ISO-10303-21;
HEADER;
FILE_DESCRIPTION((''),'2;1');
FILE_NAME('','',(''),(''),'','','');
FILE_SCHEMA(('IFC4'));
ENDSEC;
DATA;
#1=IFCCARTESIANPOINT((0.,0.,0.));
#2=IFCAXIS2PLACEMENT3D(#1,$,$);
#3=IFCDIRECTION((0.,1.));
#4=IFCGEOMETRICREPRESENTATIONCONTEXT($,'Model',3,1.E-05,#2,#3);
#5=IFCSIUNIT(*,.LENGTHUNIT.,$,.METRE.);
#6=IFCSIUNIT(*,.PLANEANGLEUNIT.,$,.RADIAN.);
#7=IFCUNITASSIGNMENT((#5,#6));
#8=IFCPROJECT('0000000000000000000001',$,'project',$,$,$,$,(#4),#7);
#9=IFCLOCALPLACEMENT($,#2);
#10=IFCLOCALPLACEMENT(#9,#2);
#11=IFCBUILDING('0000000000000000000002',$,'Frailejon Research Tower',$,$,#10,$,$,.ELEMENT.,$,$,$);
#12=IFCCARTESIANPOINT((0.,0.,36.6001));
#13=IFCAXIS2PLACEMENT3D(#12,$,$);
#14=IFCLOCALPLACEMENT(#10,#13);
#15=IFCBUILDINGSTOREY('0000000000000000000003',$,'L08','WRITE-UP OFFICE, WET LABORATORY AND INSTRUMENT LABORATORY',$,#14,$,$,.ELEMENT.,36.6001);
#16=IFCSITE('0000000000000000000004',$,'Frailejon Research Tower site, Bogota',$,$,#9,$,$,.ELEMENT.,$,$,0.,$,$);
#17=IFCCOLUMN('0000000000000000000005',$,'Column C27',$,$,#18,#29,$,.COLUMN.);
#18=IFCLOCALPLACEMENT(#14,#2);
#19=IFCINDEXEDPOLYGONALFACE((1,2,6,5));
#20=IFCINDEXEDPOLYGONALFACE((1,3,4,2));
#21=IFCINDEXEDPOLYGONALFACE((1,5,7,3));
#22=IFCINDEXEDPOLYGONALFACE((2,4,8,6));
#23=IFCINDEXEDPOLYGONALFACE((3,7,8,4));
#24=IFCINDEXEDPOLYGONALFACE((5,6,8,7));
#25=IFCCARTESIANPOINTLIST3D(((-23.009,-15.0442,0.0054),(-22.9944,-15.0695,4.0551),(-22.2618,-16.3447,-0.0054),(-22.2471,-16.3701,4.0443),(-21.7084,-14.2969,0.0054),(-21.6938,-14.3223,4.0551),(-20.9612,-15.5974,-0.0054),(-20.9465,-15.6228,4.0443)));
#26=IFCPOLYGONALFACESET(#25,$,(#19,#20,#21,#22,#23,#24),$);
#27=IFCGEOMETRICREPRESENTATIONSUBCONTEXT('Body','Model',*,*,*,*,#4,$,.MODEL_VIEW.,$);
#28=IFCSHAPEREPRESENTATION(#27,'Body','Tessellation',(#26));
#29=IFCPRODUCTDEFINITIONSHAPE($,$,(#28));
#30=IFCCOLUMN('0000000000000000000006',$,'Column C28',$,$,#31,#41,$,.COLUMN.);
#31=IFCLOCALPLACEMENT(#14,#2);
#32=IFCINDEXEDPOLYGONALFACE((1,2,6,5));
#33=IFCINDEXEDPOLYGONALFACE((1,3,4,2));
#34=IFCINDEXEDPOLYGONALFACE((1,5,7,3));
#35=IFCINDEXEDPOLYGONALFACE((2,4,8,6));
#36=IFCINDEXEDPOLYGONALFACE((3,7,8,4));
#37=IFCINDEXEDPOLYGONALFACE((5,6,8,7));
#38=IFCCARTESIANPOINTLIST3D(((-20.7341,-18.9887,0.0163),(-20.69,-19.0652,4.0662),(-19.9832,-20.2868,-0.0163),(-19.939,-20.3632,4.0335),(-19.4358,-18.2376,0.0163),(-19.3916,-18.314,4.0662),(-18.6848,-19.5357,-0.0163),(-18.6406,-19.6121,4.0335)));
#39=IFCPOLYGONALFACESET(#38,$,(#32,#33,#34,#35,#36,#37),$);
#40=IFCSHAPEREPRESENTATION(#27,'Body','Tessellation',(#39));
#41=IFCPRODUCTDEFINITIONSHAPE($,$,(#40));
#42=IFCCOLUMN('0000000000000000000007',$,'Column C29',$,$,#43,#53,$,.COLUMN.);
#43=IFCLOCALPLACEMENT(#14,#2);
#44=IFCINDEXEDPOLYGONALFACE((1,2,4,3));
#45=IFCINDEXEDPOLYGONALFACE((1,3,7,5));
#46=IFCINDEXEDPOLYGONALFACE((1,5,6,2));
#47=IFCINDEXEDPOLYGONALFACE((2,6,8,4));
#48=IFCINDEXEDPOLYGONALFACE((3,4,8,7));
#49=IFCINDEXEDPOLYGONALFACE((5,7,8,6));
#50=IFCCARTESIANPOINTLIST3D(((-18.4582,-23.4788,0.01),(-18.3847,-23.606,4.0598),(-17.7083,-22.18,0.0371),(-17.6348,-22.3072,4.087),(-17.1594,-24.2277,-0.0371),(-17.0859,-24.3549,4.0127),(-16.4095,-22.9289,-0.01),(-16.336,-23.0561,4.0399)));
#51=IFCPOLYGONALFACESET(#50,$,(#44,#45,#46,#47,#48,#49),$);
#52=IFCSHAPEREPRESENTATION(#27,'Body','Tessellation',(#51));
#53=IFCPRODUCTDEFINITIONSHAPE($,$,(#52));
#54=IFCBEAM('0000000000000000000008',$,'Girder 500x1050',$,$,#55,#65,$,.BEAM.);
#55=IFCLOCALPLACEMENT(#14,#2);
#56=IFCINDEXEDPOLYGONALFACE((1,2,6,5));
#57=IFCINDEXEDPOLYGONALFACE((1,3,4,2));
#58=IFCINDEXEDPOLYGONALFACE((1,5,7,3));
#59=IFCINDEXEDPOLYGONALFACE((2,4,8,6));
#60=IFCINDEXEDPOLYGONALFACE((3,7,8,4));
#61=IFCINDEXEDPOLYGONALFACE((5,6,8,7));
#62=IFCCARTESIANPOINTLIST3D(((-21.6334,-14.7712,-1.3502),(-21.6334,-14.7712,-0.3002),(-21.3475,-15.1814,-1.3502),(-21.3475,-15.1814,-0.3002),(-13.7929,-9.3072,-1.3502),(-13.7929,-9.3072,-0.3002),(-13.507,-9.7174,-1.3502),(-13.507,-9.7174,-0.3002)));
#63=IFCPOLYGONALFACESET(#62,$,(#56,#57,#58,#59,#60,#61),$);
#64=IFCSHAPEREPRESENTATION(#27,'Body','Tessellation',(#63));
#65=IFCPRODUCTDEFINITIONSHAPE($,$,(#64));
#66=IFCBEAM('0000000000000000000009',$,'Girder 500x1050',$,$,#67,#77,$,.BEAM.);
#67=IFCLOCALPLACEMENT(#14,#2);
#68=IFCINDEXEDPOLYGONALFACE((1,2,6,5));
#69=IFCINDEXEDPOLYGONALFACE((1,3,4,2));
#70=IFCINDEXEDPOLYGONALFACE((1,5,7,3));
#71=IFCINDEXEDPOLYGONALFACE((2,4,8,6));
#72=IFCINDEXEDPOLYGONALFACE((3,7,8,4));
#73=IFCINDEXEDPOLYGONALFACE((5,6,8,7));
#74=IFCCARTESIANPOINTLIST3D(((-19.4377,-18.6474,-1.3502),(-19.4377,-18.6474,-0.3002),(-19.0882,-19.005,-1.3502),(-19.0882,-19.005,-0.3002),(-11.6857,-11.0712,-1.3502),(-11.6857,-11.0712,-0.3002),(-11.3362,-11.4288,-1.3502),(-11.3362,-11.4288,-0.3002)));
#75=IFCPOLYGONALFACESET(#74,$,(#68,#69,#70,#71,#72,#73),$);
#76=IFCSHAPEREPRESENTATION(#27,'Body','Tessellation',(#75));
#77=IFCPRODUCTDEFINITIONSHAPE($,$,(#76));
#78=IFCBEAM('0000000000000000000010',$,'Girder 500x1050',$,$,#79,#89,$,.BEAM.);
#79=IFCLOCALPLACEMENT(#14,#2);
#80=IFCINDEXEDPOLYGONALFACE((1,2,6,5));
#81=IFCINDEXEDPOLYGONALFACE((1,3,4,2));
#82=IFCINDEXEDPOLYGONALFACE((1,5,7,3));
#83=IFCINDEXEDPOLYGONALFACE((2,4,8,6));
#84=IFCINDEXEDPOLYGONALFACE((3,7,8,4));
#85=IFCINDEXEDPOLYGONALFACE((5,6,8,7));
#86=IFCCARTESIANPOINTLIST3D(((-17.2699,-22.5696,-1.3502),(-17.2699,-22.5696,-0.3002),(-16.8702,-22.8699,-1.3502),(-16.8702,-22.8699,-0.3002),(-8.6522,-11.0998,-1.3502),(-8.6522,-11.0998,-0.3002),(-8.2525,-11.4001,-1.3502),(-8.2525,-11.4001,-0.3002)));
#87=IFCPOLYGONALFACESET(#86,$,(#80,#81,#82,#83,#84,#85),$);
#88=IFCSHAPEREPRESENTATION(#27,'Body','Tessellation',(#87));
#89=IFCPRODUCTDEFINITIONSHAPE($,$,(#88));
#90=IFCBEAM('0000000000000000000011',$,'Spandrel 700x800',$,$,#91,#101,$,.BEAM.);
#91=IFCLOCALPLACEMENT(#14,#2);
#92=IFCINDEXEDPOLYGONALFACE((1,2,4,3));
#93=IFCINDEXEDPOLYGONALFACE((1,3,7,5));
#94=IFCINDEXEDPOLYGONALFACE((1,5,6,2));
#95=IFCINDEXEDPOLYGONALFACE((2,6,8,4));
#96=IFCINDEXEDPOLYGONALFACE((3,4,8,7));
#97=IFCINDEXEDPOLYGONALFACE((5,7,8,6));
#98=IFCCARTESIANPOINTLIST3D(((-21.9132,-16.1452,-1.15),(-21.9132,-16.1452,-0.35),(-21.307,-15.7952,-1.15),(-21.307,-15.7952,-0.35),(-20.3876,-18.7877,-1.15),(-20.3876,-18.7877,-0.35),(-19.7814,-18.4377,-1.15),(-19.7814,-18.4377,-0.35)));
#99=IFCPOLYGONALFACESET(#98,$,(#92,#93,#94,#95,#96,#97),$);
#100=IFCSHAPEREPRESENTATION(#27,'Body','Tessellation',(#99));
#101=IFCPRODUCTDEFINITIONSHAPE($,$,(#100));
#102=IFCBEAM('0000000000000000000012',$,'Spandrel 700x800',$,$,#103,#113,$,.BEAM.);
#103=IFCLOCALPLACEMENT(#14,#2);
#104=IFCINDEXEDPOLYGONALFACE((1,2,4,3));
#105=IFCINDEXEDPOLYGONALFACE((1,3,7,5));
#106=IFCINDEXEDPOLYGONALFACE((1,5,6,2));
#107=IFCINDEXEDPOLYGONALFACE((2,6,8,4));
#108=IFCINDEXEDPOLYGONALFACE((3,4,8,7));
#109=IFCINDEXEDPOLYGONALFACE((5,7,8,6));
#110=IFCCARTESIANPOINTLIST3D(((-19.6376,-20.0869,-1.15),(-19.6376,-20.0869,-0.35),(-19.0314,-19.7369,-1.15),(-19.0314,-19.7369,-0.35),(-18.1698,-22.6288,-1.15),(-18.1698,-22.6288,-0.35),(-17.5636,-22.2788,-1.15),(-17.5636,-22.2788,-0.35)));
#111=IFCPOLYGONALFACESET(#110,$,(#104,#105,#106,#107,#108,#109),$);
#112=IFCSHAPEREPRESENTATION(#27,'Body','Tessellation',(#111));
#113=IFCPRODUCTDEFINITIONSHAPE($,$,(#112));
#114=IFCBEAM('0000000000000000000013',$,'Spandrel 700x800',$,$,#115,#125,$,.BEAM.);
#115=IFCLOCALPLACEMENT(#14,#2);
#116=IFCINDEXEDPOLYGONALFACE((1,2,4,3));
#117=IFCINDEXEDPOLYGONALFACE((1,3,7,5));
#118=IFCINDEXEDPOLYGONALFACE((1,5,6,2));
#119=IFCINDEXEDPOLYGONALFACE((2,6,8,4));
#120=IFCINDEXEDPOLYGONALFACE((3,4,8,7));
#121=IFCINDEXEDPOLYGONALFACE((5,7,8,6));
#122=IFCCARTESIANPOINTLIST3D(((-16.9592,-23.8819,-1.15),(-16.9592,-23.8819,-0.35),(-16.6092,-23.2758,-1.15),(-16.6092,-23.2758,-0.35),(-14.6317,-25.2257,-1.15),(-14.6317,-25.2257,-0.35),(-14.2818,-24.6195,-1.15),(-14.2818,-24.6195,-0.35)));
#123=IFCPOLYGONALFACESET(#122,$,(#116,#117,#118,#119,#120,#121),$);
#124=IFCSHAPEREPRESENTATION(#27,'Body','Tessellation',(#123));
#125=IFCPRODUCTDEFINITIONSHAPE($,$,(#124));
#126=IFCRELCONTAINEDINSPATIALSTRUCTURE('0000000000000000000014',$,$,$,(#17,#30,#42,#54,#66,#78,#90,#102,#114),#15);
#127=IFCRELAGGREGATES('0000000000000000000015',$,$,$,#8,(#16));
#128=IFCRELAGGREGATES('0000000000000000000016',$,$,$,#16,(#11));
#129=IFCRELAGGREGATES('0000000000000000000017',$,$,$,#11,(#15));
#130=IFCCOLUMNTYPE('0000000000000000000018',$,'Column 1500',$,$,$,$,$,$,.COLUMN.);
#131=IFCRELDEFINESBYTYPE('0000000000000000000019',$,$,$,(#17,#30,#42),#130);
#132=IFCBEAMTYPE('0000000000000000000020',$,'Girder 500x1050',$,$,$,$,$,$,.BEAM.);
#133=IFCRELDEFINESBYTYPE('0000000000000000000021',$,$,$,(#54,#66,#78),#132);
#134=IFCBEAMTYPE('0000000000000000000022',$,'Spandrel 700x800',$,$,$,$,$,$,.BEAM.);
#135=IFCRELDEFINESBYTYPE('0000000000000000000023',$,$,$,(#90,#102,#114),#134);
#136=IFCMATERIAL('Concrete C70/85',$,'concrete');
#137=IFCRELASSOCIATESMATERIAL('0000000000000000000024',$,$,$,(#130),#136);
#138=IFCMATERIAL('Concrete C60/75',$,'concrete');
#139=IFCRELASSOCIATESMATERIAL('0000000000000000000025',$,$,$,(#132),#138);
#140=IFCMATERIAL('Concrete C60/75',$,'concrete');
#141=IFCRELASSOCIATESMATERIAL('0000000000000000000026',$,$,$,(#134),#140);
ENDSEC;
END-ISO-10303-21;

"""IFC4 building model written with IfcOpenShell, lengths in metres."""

from ifc_helpers import new_model, si_unit, direction, frame, origin, origin_2d, place, context, subcontext, project, spatial, rectangle, extrude, material, material_profile, profile_set, type_object, element, save


model = new_model("IFC4")

# Units and contexts
model_context = context("Model", 3, precision=1e-05, world=origin(), true_north=direction((0.0, 1.0)))
body_context = subcontext(model_context, "Body", "Model", "MODEL_VIEW")
ifc_project = project(units=[si_unit("LENGTHUNIT", "METRE"), si_unit("PLANEANGLEUNIT", "RADIAN")], contexts=[model_context])

# Site, building, storey
site_placement = place(None, origin())
site = spatial("IfcSite", under=ifc_project, at=site_placement, Name="Frailejon Research Tower site, Bogota", CompositionType="ELEMENT", RefElevation=0.0)
building_placement = place(site_placement, origin())
building = spatial("IfcBuilding", under=site, at=building_placement, Name="Frailejon Research Tower", CompositionType="ELEMENT")
storey_placement = place(building_placement, frame((0.0, 0.0, 36.6001)))
storey = spatial("IfcBuildingStorey", under=building, at=storey_placement, Name="L08", Description="WRITE-UP OFFICE, WET LABORATORY AND INSTRUMENT LABORATORY", CompositionType="ELEMENT", Elevation=36.6001)

# Columns
ifc_material_1 = material(Name="Concrete C70/85", Category="concrete")
ifc_material_profile_1 = material_profile(ifc_material_1, rectangle(XDim=1.5, YDim=1.5, at=origin_2d()), Name="Column 1500")
ifc_profile_set_1 = profile_set([ifc_material_profile_1], Name="Concrete C70/85")
column_type = type_object("IfcColumnType", Name="Column 1500", PredefinedType="COLUMN", material=ifc_profile_set_1)
column_1_placement = place(storey_placement, frame((-21.9851, -15.3208, 0.0), z_axis=(0.003617, -0.006269, 0.999974), x_axis=(0.498177, -0.867045, -0.007238)))
element("IfcColumn", 1, at=column_1_placement, inside=storey, type_object=column_type, Name="Column C27", PredefinedType="COLUMN", context=body_context, shape_type="SweptSolid", body=[
    extrude(rectangle(XDim=1.5, YDim=1.5, at=origin_2d()), origin(), (0.0, 0.0, 1.0), 4.0498),
])
column_2_placement = place(storey_placement, frame((-19.7095, -19.2622, 0.0), z_axis=(0.010909, -0.018865, 0.999763), x_axis=(0.500638, -0.865382, -0.021792)))
element("IfcColumn", 2, at=column_2_placement, inside=storey, type_object=column_type, Name="Column C28", PredefinedType="COLUMN", context=body_context, shape_type="SweptSolid", body=[
    extrude(rectangle(XDim=1.5, YDim=1.5, at=origin_2d()), origin(), (0.0, 0.0, 1.0), 4.0508),
])
column_3_placement = place(storey_placement, frame((-17.4338, -23.2039, 0.0), z_axis=(0.018134, -0.031388, 0.999343), x_axis=(0.865885, -0.499257, -0.031393)))
element("IfcColumn", 3, at=column_3_placement, inside=storey, type_object=column_type, Name="Column C29", PredefinedType="COLUMN", context=body_context, shape_type="SweptSolid", body=[
    extrude(rectangle(XDim=1.5, YDim=1.5, at=origin_2d()), origin(), (0.0, 0.0, 1.0), 4.0525),
])

# Beams
ifc_material_2 = material(Name="Concrete C60/75", Category="concrete")
ifc_material_profile_2 = material_profile(ifc_material_2, rectangle(XDim=0.5, YDim=1.05, at=origin_2d()), Name="Girder 500x1050")
ifc_profile_set_2 = profile_set([ifc_material_profile_2], Name="Concrete C60/75")
beam_type_1 = type_object("IfcBeamType", Name="Girder 500x1050", PredefinedType="BEAM", material=ifc_profile_set_2)
beam_1_placement = place(storey_placement, frame((-21.4905, -14.9763, -0.8252), z_axis=(0.820424, 0.571755, 0.0), x_axis=(-0.571755, 0.820424, 0.0)))
element("IfcBeam", 4, at=beam_1_placement, inside=storey, type_object=beam_type_1, Name="Girder 500x1050", PredefinedType="BEAM", context=body_context, shape_type="SweptSolid", body=[
    extrude(rectangle(XDim=0.5, YDim=1.05, at=origin_2d()), origin(), (0.0, 0.0, 1.0), 9.5566),
])
beam_2_placement = place(storey_placement, frame((-19.2629, -18.8262, -0.8252), z_axis=(0.715169, 0.698952, 0.0), x_axis=(-0.698952, 0.715169, 0.0)))
element("IfcBeam", 5, at=beam_2_placement, inside=storey, type_object=beam_type_1, Name="Girder 500x1050", PredefinedType="BEAM", context=body_context, shape_type="SweptSolid", body=[
    extrude(rectangle(XDim=0.5, YDim=1.05, at=origin_2d()), origin(), (0.0, 0.0, 1.0), 10.8394),
])
beam_3_placement = place(storey_placement, frame((-17.0701, -22.7197, -0.8252), z_axis=(0.600686, 0.799485, 0.0), x_axis=(-0.799485, 0.600686, 0.0)))
element("IfcBeam", 6, at=beam_3_placement, inside=storey, type_object=beam_type_1, Name="Girder 500x1050", PredefinedType="BEAM", context=body_context, shape_type="SweptSolid", body=[
    extrude(rectangle(XDim=0.5, YDim=1.05, at=origin_2d()), origin(), (0.0, 0.0, 1.0), 14.3464),
])
ifc_material_3 = material(Name="Concrete C60/75", Category="concrete")
ifc_material_profile_3 = material_profile(ifc_material_3, rectangle(XDim=0.7, YDim=0.8, at=origin_2d()), Name="Spandrel 700x800")
ifc_profile_set_3 = profile_set([ifc_material_profile_3], Name="Concrete C60/75")
beam_type_2 = type_object("IfcBeamType", Name="Spandrel 700x800", PredefinedType="BEAM", material=ifc_profile_set_3)
beam_4_placement = place(storey_placement, frame((-21.6101, -15.9702, -0.75), z_axis=(0.499986, -0.866034, 0.0), x_axis=(0.866034, 0.499986, 0.0)))
element("IfcBeam", 7, at=beam_4_placement, inside=storey, type_object=beam_type_2, Name="Spandrel 700x800", PredefinedType="BEAM", context=body_context, shape_type="SweptSolid", body=[
    extrude(rectangle(XDim=0.7, YDim=0.8, at=origin_2d()), origin(), (0.0, 0.0, 1.0), 3.0513),
])
beam_5_placement = place(storey_placement, frame((-19.3345, -19.9119, -0.75), z_axis=(0.500039, -0.866003, 0.0), x_axis=(0.866003, 0.500039, 0.0)))
element("IfcBeam", 8, at=beam_5_placement, inside=storey, type_object=beam_type_2, Name="Spandrel 700x800", PredefinedType="BEAM", context=body_context, shape_type="SweptSolid", body=[
    extrude(rectangle(XDim=0.7, YDim=0.8, at=origin_2d()), origin(), (0.0, 0.0, 1.0), 2.9353),
])
beam_6_placement = place(storey_placement, frame((-16.7842, -23.5789, -0.75), z_axis=(0.866021, -0.500008, 0.0), x_axis=(0.500008, 0.866021, 0.0)))
element("IfcBeam", 9, at=beam_6_placement, inside=storey, type_object=beam_type_2, Name="Spandrel 700x800", PredefinedType="BEAM", context=body_context, shape_type="SweptSolid", body=[
    extrude(rectangle(XDim=0.7, YDim=0.8, at=origin_2d()), origin(), (0.0, 0.0, 1.0), 2.6875),
])

save(model, "model.ifc")
